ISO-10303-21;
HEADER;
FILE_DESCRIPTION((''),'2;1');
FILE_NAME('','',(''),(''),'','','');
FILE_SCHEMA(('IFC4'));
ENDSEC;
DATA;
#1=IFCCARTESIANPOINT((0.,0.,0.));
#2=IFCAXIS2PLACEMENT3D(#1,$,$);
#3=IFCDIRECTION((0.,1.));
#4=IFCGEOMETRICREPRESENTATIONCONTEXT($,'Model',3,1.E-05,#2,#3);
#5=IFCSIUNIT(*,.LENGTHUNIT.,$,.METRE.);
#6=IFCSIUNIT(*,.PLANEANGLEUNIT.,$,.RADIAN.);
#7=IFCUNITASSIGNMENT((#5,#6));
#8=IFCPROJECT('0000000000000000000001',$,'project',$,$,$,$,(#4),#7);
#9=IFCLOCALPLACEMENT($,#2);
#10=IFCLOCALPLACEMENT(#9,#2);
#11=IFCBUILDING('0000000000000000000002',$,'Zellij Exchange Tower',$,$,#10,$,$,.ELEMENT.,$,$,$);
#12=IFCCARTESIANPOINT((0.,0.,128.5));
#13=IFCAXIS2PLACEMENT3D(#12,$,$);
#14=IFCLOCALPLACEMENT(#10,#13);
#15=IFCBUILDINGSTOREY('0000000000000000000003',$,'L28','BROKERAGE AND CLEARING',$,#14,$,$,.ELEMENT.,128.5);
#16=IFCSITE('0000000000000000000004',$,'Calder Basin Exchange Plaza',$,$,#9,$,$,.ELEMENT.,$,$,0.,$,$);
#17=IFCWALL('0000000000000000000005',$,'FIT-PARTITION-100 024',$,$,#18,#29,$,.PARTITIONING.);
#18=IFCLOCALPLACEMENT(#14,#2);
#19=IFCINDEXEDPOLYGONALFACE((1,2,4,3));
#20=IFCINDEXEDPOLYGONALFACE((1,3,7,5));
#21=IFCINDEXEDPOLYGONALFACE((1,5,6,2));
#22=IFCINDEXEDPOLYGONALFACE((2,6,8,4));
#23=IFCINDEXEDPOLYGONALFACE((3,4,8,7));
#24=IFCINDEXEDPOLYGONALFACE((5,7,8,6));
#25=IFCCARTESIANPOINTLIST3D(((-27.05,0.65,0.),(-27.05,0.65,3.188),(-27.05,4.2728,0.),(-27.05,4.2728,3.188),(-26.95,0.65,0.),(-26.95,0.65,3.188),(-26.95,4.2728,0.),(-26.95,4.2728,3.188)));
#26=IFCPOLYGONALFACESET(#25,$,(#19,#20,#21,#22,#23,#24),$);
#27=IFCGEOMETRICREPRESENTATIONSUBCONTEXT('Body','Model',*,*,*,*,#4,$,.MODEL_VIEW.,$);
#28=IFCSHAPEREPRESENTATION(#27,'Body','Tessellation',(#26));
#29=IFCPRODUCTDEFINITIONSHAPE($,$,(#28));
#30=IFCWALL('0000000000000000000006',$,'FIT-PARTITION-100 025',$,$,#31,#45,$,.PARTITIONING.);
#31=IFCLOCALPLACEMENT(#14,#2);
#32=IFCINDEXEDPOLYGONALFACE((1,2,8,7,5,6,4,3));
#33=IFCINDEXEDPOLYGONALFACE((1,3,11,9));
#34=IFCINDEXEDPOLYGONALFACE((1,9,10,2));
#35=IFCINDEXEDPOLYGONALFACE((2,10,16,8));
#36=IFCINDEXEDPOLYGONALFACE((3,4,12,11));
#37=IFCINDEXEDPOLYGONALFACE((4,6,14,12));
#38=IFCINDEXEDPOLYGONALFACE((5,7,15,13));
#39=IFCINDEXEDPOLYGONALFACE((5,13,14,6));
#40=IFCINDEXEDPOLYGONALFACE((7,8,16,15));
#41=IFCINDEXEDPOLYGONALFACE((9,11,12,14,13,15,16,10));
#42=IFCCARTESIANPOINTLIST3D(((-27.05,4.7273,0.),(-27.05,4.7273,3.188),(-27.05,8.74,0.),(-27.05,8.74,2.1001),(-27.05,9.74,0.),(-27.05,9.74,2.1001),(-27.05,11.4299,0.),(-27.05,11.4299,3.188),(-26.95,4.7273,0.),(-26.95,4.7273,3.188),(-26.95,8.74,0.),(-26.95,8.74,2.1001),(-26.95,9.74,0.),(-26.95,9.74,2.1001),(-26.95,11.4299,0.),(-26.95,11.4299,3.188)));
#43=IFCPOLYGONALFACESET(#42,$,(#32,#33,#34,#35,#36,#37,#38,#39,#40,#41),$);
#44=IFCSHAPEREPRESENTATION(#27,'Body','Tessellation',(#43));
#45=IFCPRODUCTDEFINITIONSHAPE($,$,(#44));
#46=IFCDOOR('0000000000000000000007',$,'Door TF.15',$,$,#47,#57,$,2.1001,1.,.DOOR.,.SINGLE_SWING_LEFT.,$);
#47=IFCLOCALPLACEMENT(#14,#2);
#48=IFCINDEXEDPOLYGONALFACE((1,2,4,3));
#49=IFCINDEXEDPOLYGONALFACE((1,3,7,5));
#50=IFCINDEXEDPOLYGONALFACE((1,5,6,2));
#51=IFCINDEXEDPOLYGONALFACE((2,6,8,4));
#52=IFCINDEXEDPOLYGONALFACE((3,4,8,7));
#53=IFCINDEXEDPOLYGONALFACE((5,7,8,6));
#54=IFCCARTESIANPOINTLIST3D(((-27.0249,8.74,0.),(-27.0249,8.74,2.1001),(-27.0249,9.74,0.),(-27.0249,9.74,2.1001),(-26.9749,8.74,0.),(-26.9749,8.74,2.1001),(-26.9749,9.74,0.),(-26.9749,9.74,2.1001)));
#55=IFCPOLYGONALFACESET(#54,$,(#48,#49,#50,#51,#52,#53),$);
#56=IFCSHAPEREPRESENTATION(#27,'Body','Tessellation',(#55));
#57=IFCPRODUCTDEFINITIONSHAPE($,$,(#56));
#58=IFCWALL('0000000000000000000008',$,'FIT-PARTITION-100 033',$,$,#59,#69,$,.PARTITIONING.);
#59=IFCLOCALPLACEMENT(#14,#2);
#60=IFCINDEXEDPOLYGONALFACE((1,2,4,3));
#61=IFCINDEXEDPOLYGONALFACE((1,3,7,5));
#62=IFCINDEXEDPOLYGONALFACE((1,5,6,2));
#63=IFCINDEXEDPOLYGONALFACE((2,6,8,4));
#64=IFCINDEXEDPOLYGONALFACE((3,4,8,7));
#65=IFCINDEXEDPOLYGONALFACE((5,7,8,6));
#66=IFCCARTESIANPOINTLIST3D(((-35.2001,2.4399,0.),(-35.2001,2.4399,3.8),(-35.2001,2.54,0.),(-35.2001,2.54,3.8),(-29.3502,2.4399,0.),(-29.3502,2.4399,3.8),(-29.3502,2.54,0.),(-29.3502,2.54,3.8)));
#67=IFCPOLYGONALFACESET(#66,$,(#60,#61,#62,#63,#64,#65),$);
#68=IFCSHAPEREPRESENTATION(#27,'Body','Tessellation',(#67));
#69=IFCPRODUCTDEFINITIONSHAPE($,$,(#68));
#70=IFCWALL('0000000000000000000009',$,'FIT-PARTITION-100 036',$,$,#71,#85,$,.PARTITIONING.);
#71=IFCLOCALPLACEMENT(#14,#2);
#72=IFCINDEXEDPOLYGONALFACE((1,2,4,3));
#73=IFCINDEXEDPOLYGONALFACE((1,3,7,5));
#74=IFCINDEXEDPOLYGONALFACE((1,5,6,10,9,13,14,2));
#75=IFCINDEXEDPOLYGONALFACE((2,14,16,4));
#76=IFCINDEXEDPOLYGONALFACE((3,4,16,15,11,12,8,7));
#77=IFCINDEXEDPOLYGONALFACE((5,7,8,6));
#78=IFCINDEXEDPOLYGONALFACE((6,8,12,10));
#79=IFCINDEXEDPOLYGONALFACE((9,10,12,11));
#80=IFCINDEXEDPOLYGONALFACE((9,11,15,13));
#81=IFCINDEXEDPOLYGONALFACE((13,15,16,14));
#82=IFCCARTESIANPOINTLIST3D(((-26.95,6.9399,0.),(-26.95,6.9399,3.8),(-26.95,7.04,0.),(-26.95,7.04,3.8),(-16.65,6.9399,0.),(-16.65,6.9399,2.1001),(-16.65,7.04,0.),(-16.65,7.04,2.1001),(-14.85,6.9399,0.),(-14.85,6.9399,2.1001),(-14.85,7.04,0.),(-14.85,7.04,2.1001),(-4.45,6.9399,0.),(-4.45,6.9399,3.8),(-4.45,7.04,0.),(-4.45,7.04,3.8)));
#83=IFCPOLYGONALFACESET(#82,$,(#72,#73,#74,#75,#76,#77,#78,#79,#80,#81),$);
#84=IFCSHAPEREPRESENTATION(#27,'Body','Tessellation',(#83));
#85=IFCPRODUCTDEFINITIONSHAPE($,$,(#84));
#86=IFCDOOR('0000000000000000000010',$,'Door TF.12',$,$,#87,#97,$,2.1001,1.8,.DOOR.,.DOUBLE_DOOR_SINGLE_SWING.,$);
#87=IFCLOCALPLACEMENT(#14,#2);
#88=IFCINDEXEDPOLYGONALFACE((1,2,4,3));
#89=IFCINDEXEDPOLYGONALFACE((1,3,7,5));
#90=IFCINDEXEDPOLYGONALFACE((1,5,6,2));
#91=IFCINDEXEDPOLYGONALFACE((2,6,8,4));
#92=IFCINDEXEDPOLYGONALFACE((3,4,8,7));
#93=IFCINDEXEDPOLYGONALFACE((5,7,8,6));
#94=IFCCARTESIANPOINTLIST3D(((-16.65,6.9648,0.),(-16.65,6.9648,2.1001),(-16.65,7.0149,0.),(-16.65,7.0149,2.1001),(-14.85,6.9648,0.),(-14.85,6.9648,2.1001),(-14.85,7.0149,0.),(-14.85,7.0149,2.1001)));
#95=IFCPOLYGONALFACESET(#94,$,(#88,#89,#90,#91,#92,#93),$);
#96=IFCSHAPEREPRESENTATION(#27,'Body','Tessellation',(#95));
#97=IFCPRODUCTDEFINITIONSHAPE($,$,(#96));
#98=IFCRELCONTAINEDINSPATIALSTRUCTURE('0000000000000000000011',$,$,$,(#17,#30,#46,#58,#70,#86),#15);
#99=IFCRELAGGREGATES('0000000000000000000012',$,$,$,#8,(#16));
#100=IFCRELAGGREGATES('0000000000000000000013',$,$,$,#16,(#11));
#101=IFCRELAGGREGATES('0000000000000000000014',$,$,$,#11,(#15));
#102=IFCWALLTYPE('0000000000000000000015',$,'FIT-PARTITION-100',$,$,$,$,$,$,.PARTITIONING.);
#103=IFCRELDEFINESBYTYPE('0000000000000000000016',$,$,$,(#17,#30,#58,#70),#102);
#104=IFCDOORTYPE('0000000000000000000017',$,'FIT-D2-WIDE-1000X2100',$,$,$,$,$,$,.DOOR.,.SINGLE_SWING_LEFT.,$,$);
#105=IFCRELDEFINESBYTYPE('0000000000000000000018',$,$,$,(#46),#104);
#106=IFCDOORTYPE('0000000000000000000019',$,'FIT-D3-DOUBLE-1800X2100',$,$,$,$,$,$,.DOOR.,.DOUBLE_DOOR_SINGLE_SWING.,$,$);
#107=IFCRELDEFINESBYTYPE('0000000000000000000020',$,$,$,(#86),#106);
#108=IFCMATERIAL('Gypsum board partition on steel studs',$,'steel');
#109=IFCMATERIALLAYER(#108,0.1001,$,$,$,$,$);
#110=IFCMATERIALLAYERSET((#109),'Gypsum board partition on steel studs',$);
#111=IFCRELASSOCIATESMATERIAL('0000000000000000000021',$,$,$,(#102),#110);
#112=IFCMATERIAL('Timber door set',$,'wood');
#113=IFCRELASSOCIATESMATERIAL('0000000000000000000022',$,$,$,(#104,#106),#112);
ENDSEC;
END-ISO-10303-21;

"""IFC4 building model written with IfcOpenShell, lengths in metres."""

from ifc_helpers import new_model, si_unit, direction, frame, frame_2d, origin, place, context, subcontext, project, spatial, rectangle, extrude, material, layer, layer_set, type_object, element, fill, save


model = new_model("IFC4")

# Units and contexts
model_context = context("Model", 3, precision=1e-05, world=origin(), true_north=direction((0.0, 1.0)))
body_context = subcontext(model_context, "Body", "Model", "MODEL_VIEW")
ifc_project = project(units=[si_unit("LENGTHUNIT", "METRE"), si_unit("PLANEANGLEUNIT", "RADIAN")], contexts=[model_context])

# Site, building, storey
site_placement = place(None, origin())
site = spatial("IfcSite", under=ifc_project, at=site_placement, Name="Calder Basin Exchange Plaza", CompositionType="ELEMENT", RefElevation=0.0)
building_placement = place(site_placement, origin())
building = spatial("IfcBuilding", under=site, at=building_placement, Name="Zellij Exchange Tower", CompositionType="ELEMENT")
storey_placement = place(building_placement, frame((0.0, 0.0, 128.5)))
storey = spatial("IfcBuildingStorey", under=building, at=storey_placement, Name="L28", Description="BROKERAGE AND CLEARING", CompositionType="ELEMENT", Elevation=128.5)

# Wall
ifc_material_1 = material(Name="Gypsum board partition on steel studs", Category="steel")
ifc_layer_1 = layer(ifc_material_1, 0.1001)
ifc_layer_set_1 = layer_set([ifc_layer_1], Name="Gypsum board partition on steel studs")
wall_type_1 = type_object("IfcWallType", Name="FIT-PARTITION-100", PredefinedType="PARTITIONING", material=ifc_layer_set_1)
wall_1_placement = place(storey_placement, frame((-27.0, 0.6499, 0.0), z_axis=(0.0, 0.0, 1.0), x_axis=(0.0, 1.0, 0.0)))
element("IfcWall", 1, at=wall_1_placement, inside=storey, type_object=wall_type_1, Name="FIT-PARTITION-100 024", PredefinedType="PARTITIONING", context=body_context, shape_type="SweptSolid", body=[
    extrude(rectangle(XDim=3.6228, YDim=0.1001, at=frame_2d((1.8115, 0.0))), origin(), (0.0, 0.0, 1.0), 3.188),
])

# Wall, opening, door
wall_2_placement = place(storey_placement, frame((-27.0, 4.7273, 0.0), z_axis=(0.0, 0.0, 1.0), x_axis=(0.0, 1.0, 0.0)))
wall_2 = element("IfcWall", 2, at=wall_2_placement, inside=storey, type_object=wall_type_1, Name="FIT-PARTITION-100 025", PredefinedType="PARTITIONING", context=body_context, shape_type="SweptSolid", body=[
    extrude(rectangle(XDim=6.7026, YDim=0.1001, at=frame_2d((3.3513, 0.0))), origin(), (0.0, 0.0, 1.0), 3.188),
])
opening_1_placement = place(wall_2_placement, frame((4.0127, 0.0, 0.0)))
opening_1 = element("IfcOpeningElement", 3, at=opening_1_placement, cuts=wall_2, PredefinedType="OPENING", context=body_context, shape_type="SweptSolid", body=[
    extrude(rectangle(XDim=1.0, YDim=2.1001, at=frame_2d((0.5, 1.05))), frame((0.0, 0.062, 0.0), z_axis=(0.0, -1.0, 0.0), x_axis=(1.0, 0.0, 0.0)), (0.0, 0.0, 1.0), 0.124),
])
ifc_material_2 = material(Name="Timber door set", Category="wood")
door_type_1 = type_object("IfcDoorType", Name="FIT-D2-WIDE-1000X2100", OperationType="SINGLE_SWING_LEFT", PredefinedType="DOOR", material=ifc_material_2)
door_1_placement = place(opening_1_placement, origin())
door_1 = element("IfcDoor", 4, at=door_1_placement, inside=storey, type_object=door_type_1, Name="Door TF.15", OperationType="SINGLE_SWING_LEFT", OverallHeight=2.1001, OverallWidth=1.0, PredefinedType="DOOR", context=body_context, shape_type="SweptSolid", body=[
    extrude(rectangle(XDim=1.0, YDim=2.1001, at=frame_2d((0.5, 1.05))), frame((0.0, 0.0249, 0.0), z_axis=(0.0, -1.0, 0.0), x_axis=(1.0, 0.0, 0.0)), (0.0, 0.0, 1.0), 0.05),
])
fill(opening_1, door_1)

# Wall
wall_3_placement = place(storey_placement, frame((-35.2, 2.49, 0.0), z_axis=(0.0, 0.0, 1.0), x_axis=(1.0, 0.0, 0.0)))
element("IfcWall", 5, at=wall_3_placement, inside=storey, type_object=wall_type_1, Name="FIT-PARTITION-100 033", PredefinedType="PARTITIONING", context=body_context, shape_type="SweptSolid", body=[
    extrude(rectangle(XDim=5.8499, YDim=0.1001, at=frame_2d((2.9248, 0.0))), origin(), (0.0, 0.0, 1.0), 3.8),
])

# Wall, opening, door
wall_4_placement = place(storey_placement, frame((-26.95, 6.99, 0.0), z_axis=(0.0, 0.0, 1.0), x_axis=(1.0, 0.0, 0.0)))
wall_4 = element("IfcWall", 6, at=wall_4_placement, inside=storey, type_object=wall_type_1, Name="FIT-PARTITION-100 036", PredefinedType="PARTITIONING", context=body_context, shape_type="SweptSolid", body=[
    extrude(rectangle(XDim=22.5, YDim=0.1001, at=frame_2d((11.25, 0.0))), origin(), (0.0, 0.0, 1.0), 3.8),
])
opening_2_placement = place(wall_4_placement, frame((10.3, 0.0, 0.0)))
opening_2 = element("IfcOpeningElement", 7, at=opening_2_placement, cuts=wall_4, PredefinedType="OPENING", context=body_context, shape_type="SweptSolid", body=[
    extrude(rectangle(XDim=1.8, YDim=2.1001, at=frame_2d((0.8999, 1.05))), frame((0.0, 0.062, 0.0), z_axis=(0.0, -1.0, 0.0), x_axis=(1.0, 0.0, 0.0)), (0.0, 0.0, 1.0), 0.124),
])
door_type_2 = type_object("IfcDoorType", Name="FIT-D3-DOUBLE-1800X2100", OperationType="DOUBLE_DOOR_SINGLE_SWING", PredefinedType="DOOR", material=ifc_material_2)
door_2_placement = place(opening_2_placement, origin())
door_2 = element("IfcDoor", 8, at=door_2_placement, inside=storey, type_object=door_type_2, Name="Door TF.12", OperationType="DOUBLE_DOOR_SINGLE_SWING", OverallHeight=2.1001, OverallWidth=1.8, PredefinedType="DOOR", context=body_context, shape_type="SweptSolid", body=[
    extrude(rectangle(XDim=1.8, YDim=2.1001, at=frame_2d((0.8999, 1.05))), frame((0.0, 0.0249, 0.0), z_axis=(0.0, -1.0, 0.0), x_axis=(1.0, 0.0, 0.0)), (0.0, 0.0, 1.0), 0.05),
])
fill(opening_2, door_2)

save(model, "model.ifc")
